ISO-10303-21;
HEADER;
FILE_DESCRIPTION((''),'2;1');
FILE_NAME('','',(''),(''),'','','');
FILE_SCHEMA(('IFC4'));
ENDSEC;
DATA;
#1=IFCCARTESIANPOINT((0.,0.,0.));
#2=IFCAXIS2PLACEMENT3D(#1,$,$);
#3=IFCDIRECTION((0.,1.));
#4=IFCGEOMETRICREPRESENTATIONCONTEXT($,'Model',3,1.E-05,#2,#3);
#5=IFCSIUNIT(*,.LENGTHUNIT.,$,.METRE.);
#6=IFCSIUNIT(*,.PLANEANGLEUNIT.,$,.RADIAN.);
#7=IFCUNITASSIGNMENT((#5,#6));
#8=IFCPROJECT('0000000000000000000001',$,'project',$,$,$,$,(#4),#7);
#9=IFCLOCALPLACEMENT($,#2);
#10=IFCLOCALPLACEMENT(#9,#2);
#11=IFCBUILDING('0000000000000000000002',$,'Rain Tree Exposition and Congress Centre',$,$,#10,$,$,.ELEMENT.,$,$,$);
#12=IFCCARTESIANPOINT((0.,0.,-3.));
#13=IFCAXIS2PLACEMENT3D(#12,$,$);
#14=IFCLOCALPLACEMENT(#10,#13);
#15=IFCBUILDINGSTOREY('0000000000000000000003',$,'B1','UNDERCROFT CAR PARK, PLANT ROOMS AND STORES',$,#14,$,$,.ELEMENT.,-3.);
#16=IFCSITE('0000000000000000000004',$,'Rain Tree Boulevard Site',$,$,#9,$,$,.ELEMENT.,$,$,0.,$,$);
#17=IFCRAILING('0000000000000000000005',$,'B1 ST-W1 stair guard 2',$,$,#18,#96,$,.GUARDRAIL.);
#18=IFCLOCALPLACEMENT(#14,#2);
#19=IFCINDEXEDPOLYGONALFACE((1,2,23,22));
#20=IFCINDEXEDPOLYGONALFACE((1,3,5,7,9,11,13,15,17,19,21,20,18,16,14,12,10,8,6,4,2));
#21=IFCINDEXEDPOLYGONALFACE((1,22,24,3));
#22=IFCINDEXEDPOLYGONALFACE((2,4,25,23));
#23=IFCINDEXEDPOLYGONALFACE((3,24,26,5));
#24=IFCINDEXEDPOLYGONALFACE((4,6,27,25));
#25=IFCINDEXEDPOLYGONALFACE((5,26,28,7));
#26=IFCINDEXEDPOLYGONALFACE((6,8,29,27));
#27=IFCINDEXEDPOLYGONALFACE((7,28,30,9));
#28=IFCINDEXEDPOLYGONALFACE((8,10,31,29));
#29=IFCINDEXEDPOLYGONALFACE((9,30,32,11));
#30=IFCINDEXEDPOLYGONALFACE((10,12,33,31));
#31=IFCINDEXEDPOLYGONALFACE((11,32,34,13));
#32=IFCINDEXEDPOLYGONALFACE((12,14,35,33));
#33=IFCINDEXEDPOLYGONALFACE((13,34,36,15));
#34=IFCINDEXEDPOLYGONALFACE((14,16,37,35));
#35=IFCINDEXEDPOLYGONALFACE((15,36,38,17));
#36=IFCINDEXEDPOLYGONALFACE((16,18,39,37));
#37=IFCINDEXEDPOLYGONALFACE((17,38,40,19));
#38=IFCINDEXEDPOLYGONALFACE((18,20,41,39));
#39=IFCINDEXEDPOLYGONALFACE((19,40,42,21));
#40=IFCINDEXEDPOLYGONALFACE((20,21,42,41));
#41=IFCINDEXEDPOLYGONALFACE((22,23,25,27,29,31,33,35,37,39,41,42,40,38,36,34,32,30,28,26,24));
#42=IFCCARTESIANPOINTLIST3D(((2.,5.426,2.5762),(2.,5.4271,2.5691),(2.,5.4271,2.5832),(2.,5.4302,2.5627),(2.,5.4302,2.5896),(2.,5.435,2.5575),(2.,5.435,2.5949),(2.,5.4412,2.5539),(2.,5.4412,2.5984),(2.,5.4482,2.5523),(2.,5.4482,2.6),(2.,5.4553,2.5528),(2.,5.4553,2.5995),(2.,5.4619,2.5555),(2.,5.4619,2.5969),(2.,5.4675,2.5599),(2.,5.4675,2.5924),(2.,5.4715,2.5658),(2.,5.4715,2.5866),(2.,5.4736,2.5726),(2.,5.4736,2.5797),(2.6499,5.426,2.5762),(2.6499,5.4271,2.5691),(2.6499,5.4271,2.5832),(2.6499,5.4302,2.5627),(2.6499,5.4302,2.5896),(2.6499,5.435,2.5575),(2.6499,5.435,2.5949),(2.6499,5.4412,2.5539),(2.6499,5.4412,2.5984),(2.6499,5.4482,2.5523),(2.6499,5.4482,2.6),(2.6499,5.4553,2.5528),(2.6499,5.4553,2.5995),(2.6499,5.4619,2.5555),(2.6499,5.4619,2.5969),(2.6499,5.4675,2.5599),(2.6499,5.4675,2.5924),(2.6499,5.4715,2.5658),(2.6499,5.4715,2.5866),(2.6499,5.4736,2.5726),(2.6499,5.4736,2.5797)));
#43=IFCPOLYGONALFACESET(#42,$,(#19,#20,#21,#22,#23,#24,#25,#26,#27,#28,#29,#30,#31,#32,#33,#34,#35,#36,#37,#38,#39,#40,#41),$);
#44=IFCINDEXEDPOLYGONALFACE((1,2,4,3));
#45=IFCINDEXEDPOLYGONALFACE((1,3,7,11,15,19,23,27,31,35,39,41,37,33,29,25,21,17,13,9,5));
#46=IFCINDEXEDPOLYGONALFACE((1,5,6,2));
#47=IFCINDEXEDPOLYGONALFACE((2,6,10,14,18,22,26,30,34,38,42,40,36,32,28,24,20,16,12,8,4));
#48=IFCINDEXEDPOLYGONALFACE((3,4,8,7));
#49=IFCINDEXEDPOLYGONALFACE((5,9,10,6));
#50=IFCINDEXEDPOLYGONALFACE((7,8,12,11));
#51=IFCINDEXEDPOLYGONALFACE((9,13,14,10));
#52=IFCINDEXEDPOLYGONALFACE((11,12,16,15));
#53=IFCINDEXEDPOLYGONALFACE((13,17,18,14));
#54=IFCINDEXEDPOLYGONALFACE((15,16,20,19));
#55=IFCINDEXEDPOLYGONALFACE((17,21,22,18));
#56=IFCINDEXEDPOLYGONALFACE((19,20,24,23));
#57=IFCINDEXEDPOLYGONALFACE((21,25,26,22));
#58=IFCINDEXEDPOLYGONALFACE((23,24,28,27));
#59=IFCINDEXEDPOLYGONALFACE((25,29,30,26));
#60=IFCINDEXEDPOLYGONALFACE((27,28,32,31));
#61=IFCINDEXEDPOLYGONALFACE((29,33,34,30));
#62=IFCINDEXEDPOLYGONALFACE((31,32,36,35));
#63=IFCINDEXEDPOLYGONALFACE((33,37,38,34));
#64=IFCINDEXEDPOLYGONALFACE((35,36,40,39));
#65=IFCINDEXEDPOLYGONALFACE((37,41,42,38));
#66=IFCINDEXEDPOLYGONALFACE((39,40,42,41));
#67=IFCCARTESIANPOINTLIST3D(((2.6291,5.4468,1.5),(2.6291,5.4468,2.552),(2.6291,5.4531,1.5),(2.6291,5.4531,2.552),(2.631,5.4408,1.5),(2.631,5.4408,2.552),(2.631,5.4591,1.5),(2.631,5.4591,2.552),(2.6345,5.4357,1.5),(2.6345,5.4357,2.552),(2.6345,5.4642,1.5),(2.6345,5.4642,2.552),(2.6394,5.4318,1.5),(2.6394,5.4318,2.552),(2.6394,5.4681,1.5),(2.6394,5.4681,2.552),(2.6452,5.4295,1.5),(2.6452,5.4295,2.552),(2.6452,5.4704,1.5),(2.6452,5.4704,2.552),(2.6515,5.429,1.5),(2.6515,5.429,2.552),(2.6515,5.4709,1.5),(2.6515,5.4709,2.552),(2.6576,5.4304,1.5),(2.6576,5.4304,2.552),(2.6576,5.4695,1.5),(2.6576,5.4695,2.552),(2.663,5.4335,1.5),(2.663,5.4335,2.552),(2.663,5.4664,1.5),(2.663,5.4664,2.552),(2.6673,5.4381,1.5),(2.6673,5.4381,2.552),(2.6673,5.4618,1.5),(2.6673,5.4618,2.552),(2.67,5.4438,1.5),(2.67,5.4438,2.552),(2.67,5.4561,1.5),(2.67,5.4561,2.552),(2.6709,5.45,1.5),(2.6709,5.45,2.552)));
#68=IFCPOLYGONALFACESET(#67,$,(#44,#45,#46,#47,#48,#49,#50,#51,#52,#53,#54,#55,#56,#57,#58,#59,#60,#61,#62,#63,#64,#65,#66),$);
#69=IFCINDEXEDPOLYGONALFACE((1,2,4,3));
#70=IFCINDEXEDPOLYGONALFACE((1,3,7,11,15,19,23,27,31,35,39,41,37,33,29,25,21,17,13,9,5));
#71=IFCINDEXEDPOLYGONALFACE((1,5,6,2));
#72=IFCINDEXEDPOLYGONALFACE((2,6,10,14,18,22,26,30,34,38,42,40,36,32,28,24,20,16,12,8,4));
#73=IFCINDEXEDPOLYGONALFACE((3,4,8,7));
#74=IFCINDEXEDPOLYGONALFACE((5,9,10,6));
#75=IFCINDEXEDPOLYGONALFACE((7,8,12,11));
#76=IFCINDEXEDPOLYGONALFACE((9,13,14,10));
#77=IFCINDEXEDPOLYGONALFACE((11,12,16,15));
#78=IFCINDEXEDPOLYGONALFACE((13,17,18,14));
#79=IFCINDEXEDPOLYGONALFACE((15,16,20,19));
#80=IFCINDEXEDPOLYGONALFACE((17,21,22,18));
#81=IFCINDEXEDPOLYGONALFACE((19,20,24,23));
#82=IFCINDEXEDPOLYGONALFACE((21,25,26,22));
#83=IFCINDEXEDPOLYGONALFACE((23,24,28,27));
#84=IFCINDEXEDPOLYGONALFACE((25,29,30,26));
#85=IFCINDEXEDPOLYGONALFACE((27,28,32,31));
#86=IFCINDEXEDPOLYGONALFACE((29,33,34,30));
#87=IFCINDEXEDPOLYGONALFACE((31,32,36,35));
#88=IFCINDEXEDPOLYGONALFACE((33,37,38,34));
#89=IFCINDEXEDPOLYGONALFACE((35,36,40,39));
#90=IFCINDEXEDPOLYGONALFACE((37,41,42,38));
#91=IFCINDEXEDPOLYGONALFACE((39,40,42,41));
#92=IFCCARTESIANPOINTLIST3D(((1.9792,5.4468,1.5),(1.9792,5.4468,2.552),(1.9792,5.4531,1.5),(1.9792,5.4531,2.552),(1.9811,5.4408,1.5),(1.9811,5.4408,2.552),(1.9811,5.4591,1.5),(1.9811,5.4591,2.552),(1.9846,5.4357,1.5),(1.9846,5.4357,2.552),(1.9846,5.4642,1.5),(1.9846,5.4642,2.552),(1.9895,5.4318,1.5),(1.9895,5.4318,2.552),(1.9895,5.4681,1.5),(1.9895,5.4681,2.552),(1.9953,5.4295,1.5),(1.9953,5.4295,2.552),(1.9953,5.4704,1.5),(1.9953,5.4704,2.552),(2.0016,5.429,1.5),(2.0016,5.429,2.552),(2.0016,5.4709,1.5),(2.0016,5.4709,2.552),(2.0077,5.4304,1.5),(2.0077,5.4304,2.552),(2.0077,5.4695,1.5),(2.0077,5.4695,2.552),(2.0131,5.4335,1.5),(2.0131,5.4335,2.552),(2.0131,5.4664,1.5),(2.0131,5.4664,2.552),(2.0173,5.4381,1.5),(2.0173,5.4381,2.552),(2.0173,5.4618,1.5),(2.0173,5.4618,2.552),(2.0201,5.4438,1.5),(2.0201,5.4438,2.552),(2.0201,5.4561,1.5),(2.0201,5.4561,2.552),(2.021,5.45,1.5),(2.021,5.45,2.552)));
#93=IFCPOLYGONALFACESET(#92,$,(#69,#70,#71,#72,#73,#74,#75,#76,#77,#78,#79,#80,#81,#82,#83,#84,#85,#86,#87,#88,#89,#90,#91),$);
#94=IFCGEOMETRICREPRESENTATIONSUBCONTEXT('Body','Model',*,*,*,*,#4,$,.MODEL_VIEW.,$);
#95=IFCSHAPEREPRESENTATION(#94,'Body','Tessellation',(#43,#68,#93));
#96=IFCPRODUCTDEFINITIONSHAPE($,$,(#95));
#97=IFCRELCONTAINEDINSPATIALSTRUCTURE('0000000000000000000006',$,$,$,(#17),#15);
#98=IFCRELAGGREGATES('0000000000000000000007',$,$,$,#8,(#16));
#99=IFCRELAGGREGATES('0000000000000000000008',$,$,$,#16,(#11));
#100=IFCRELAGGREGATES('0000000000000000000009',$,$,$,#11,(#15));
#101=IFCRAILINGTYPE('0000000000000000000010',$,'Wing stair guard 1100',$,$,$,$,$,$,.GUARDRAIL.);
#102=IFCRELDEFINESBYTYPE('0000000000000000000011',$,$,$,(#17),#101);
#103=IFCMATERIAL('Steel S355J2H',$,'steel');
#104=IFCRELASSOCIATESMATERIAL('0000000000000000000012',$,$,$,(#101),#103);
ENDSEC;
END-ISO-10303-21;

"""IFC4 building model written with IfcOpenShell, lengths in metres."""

from ifc_helpers import new_model, si_unit, direction, frame, origin, origin_2d, place, context, subcontext, project, spatial, circle, extrude, material, type_object, element, save


model = new_model("IFC4")

# Units and contexts
model_context = context("Model", 3, precision=1e-05, world=origin(), true_north=direction((0.0, 1.0)))
body_context = subcontext(model_context, "Body", "Model", "MODEL_VIEW")
ifc_project = project(units=[si_unit("LENGTHUNIT", "METRE"), si_unit("PLANEANGLEUNIT", "RADIAN")], contexts=[model_context])

# Site, building, storey
site_placement = place(None, origin())
site = spatial("IfcSite", under=ifc_project, at=site_placement, Name="Rain Tree Boulevard Site", CompositionType="ELEMENT", RefElevation=0.0)
building_placement = place(site_placement, origin())
building = spatial("IfcBuilding", under=site, at=building_placement, Name="Rain Tree Exposition and Congress Centre", CompositionType="ELEMENT")
storey_placement = place(building_placement, frame((0.0, 0.0, -3.0)))
storey = spatial("IfcBuildingStorey", under=building, at=storey_placement, Name="B1", Description="UNDERCROFT CAR PARK, PLANT ROOMS AND STORES", CompositionType="ELEMENT", Elevation=-3.0)

# Railing
ifc_material_1 = material(Name="Steel S355J2H", Category="steel")
railing_type_1 = type_object("IfcRailingType", Name="Wing stair guard 1100", PredefinedType="GUARDRAIL", material=ifc_material_1)
railing_1_placement = place(storey_placement, frame((2.6499, 5.45, 1.5)))
element("IfcRailing", 1, at=railing_1_placement, inside=storey, type_object=railing_type_1, Name="B1 ST-W1 stair guard 2", PredefinedType="GUARDRAIL", context=body_context, shape_type="SweptSolid", body=[
    extrude(circle(Radius=0.0239, at=origin_2d()), frame((0.0, 0.0, 1.0762), z_axis=(-1.0, 0.0, 0.0), x_axis=(0.0, -1.0, 0.0)), (0.0, 0.0, 1.0), 0.6499),
    extrude(circle(Radius=0.021, at=origin_2d()), origin(), (0.0, 0.0, 1.0), 1.052),
    extrude(circle(Radius=0.021, at=origin_2d()), frame((-0.6499, 0.0, 0.0)), (0.0, 0.0, 1.0), 1.052),
])

save(model, "model.ifc")
